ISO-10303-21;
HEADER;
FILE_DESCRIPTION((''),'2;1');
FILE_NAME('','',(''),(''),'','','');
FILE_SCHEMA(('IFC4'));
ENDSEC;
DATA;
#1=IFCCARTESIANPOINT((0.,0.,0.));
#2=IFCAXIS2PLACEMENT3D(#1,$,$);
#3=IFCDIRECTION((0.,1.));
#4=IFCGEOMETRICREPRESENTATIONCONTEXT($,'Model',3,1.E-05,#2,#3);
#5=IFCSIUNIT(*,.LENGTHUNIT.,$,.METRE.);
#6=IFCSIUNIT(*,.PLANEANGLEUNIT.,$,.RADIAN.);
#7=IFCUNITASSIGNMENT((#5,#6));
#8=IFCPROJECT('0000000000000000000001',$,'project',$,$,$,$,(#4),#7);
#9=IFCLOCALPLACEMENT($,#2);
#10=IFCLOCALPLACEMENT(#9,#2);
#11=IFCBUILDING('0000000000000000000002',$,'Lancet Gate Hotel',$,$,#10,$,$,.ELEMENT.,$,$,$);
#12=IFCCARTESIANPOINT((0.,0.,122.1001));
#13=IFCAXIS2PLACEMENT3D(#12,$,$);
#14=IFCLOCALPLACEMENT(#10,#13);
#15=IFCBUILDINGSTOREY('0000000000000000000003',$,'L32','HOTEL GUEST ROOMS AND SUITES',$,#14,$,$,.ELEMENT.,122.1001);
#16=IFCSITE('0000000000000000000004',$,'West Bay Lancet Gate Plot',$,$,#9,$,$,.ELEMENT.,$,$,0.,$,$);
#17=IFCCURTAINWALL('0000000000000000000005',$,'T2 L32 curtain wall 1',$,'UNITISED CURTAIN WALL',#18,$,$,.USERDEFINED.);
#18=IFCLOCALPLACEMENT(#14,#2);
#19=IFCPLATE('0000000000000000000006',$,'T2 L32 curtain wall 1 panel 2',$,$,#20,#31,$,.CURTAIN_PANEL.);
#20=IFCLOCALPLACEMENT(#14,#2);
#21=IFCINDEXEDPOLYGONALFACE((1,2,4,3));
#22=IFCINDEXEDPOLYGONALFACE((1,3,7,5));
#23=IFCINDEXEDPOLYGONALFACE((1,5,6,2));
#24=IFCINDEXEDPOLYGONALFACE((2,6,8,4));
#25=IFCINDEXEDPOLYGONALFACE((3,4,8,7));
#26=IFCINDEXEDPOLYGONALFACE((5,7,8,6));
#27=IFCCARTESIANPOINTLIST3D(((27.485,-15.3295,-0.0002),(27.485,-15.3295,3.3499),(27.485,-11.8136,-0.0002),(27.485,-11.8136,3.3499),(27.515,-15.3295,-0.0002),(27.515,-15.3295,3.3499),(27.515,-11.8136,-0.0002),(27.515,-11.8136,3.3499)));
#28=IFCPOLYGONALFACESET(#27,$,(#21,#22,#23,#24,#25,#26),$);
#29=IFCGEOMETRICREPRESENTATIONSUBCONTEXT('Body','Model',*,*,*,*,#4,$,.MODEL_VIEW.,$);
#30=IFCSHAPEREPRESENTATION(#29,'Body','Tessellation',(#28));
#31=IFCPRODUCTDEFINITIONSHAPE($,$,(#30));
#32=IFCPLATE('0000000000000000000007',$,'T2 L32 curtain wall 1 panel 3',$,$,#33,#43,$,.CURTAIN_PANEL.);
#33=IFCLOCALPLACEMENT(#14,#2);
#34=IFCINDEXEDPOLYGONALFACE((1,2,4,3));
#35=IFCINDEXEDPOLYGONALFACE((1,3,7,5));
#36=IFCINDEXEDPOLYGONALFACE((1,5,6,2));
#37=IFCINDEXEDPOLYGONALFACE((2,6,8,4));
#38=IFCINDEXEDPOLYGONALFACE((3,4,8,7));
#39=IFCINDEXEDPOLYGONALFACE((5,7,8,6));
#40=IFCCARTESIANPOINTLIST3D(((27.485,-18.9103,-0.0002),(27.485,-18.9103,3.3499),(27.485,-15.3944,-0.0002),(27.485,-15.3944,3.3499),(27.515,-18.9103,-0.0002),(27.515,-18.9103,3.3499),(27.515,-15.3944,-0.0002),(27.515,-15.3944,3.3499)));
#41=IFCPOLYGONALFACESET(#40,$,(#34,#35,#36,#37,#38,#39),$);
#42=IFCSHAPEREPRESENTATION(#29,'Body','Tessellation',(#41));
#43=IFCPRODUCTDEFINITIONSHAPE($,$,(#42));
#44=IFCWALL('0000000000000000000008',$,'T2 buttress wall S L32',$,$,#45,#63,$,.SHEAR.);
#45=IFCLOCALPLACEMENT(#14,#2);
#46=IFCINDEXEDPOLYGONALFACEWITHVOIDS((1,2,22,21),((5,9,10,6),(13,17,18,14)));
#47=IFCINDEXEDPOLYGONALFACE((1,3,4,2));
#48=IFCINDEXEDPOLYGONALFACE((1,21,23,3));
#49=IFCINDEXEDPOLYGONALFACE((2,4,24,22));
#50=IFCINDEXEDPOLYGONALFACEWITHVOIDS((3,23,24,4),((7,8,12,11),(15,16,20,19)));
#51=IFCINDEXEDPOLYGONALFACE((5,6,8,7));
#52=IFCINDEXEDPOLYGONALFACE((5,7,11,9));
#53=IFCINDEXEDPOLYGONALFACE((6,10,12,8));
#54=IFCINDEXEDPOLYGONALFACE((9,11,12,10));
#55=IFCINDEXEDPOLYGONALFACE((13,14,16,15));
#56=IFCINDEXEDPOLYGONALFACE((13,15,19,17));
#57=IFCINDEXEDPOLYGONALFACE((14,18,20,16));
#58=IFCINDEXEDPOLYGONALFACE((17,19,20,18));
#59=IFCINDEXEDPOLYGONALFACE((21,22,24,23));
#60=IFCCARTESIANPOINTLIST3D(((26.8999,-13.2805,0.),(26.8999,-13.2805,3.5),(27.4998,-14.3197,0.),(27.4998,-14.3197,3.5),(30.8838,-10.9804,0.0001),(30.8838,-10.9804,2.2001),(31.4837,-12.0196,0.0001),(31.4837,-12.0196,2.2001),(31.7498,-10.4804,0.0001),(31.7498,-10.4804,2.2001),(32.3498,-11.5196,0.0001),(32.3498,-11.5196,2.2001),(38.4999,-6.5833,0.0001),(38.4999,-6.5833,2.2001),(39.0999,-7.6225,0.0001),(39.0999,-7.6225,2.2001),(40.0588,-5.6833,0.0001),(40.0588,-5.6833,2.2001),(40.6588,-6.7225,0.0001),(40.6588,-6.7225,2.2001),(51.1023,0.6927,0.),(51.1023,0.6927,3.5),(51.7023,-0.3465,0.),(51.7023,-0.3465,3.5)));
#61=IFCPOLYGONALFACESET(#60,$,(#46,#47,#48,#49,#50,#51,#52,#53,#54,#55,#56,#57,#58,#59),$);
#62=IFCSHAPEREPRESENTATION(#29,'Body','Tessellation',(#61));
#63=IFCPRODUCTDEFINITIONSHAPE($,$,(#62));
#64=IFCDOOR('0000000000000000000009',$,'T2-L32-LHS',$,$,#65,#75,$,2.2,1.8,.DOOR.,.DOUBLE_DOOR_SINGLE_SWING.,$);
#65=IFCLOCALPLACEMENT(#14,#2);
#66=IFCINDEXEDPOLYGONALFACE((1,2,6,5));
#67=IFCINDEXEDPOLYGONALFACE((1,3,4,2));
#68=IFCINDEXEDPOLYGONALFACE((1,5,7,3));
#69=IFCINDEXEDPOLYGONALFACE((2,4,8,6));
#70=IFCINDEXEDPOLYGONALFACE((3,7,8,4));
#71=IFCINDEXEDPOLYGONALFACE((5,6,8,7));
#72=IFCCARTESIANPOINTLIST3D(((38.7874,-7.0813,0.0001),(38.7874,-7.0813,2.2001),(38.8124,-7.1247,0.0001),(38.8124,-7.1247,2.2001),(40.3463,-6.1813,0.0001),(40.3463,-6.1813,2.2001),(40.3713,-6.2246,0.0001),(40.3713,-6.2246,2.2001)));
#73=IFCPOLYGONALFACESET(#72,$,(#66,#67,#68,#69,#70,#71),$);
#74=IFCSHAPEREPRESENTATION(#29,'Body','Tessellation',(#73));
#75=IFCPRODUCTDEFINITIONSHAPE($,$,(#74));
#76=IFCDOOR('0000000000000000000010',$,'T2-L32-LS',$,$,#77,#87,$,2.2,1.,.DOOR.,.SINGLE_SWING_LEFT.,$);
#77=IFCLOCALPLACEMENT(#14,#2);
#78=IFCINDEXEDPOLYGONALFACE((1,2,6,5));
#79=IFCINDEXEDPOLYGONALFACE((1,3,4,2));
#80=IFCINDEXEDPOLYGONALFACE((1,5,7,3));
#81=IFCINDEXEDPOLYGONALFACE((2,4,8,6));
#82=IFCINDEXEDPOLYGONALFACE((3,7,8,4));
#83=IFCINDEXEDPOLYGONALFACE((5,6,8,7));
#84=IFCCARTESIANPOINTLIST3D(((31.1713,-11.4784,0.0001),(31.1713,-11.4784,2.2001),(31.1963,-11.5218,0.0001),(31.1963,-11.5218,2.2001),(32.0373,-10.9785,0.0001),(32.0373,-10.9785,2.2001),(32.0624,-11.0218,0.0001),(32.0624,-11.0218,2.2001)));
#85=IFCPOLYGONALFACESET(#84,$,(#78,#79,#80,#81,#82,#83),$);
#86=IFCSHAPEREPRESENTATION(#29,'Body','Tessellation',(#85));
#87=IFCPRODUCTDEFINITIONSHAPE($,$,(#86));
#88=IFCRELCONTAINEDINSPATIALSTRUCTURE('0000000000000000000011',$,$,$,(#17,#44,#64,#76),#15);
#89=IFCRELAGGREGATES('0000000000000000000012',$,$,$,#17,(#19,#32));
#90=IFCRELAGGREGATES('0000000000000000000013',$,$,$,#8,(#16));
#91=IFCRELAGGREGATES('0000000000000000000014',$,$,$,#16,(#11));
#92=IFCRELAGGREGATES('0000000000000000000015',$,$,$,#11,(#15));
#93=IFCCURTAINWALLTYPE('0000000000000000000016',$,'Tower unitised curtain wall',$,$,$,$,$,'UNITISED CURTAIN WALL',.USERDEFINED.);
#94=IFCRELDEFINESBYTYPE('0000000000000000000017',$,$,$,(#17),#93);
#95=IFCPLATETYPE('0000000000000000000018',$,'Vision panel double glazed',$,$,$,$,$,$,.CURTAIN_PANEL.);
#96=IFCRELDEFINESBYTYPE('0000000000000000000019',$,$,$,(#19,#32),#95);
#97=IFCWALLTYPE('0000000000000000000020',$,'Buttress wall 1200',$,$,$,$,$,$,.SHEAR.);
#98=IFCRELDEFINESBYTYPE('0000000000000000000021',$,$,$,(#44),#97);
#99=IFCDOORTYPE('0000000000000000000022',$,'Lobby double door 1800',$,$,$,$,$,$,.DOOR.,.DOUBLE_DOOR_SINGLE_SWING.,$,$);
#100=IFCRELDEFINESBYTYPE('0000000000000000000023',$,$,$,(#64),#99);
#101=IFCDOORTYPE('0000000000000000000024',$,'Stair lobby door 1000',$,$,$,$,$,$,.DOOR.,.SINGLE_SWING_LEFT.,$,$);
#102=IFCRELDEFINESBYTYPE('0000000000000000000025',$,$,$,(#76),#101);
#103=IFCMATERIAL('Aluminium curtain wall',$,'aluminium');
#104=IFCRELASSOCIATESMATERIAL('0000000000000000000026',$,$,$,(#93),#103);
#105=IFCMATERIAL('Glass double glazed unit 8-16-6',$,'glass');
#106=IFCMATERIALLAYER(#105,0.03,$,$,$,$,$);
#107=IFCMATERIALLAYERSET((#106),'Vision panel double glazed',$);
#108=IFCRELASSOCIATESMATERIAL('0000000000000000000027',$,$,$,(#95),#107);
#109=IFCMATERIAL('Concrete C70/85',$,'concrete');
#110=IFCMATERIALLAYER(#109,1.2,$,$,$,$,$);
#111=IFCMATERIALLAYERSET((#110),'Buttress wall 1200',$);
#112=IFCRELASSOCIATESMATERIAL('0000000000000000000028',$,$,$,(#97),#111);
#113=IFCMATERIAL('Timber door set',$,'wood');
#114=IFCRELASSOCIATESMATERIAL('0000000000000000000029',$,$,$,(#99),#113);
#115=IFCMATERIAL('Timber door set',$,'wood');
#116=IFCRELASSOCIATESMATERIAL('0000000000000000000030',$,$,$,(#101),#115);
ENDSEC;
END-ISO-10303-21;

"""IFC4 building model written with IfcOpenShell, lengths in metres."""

from ifc_helpers import new_model, si_unit, direction, frame, frame_2d, origin, origin_2d, place, context, subcontext, project, spatial, rectangle, extrude, material, layer, layer_set, type_object, element, fill, aggregate, save


model = new_model("IFC4")

# Units and contexts
model_context = context("Model", 3, precision=1e-05, world=origin(), true_north=direction((0.0, 1.0)))
body_context = subcontext(model_context, "Body", "Model", "MODEL_VIEW")
ifc_project = project(units=[si_unit("LENGTHUNIT", "METRE"), si_unit("PLANEANGLEUNIT", "RADIAN")], contexts=[model_context])

# Site, building, storey
site_placement = place(None, origin())
site = spatial("IfcSite", under=ifc_project, at=site_placement, Name="West Bay Lancet Gate Plot", CompositionType="ELEMENT", RefElevation=0.0)
building_placement = place(site_placement, origin())
building = spatial("IfcBuilding", under=site, at=building_placement, Name="Lancet Gate Hotel", CompositionType="ELEMENT")
storey_placement = place(building_placement, frame((0.0, 0.0, 122.1001)))
storey = spatial("IfcBuildingStorey", under=building, at=storey_placement, Name="L32", Description="HOTEL GUEST ROOMS AND SUITES", CompositionType="ELEMENT", Elevation=122.1001)

# Curtain wall
ifc_material_1 = material(Name="Aluminium curtain wall", Category="aluminium")
curtain_wall_type = type_object("IfcCurtainWallType", Name="Tower unitised curtain wall", ElementType="UNITISED CURTAIN WALL", PredefinedType="USERDEFINED", material=ifc_material_1)
curtain_wall_placement = place(storey_placement, origin())
curtain_wall = element("IfcCurtainWall", 1, at=curtain_wall_placement, inside=storey, type_object=curtain_wall_type, Name="T2 L32 curtain wall 1", ObjectType="UNITISED CURTAIN WALL", PredefinedType="USERDEFINED")

# Plates
ifc_material_2 = material(Name="Glass double glazed unit 8-16-6", Category="glass")
ifc_layer_1 = layer(ifc_material_2, 0.03)
ifc_layer_set_1 = layer_set([ifc_layer_1], Name="Vision panel double glazed")
plate_type = type_object("IfcPlateType", Name="Vision panel double glazed", PredefinedType="CURTAIN_PANEL", material=ifc_layer_set_1)
plate_1_placement = place(storey_placement, frame((27.5, -13.5715, -0.0002), z_axis=(0.0, 0.0, 1.0), x_axis=(0.0, -1.0, 0.0)))
plate_1 = element("IfcPlate", 2, at=plate_1_placement, type_object=plate_type, Name="T2 L32 curtain wall 1 panel 2", PredefinedType="CURTAIN_PANEL", context=body_context, shape_type="SweptSolid", body=[
    extrude(rectangle(XDim=3.5159, YDim=0.03, at=origin_2d()), origin(), (0.0, 0.0, 1.0), 3.3501),
])
plate_2_placement = place(storey_placement, frame((27.5, -17.1523, -0.0002), z_axis=(0.0, 0.0, 1.0), x_axis=(0.0, -1.0, 0.0)))
plate_2 = element("IfcPlate", 3, at=plate_2_placement, type_object=plate_type, Name="T2 L32 curtain wall 1 panel 3", PredefinedType="CURTAIN_PANEL", context=body_context, shape_type="SweptSolid", body=[
    extrude(rectangle(XDim=3.5159, YDim=0.03, at=origin_2d()), origin(), (0.0, 0.0, 1.0), 3.3501),
])
aggregate(curtain_wall, [plate_1, plate_2])

# Wall, openings, doors
ifc_material_3 = material(Name="Concrete C70/85", Category="concrete")
ifc_layer_2 = layer(ifc_material_3, 1.2)
ifc_layer_set_2 = layer_set([ifc_layer_2], Name="Buttress wall 1200")
wall_type = type_object("IfcWallType", Name="Buttress wall 1200", PredefinedType="SHEAR", material=ifc_layer_set_2)
wall_placement = place(storey_placement, frame((27.2, -13.8, 0.0), z_axis=(0.0, 0.0, 1.0), x_axis=(0.866027, 0.499997, 0.0)))
wall = element("IfcWall", 4, at=wall_placement, inside=storey, type_object=wall_type, Name="T2 buttress wall S L32", PredefinedType="SHEAR", context=body_context, shape_type="SweptSolid", body=[
    extrude(rectangle(XDim=27.9465, YDim=1.2, at=frame_2d((13.9731, 0.0))), origin(), (0.0, 0.0, 1.0), 3.5),
])
opening_1_placement = place(wall_placement, frame((4.6001, 0.0, 0.0)))
opening_1 = element("IfcOpeningElement", 5, at=opening_1_placement, cuts=wall, PredefinedType="OPENING", context=body_context, shape_type="SweptSolid", body=[
    extrude(rectangle(XDim=1.0, YDim=2.2, at=frame_2d((0.5, 1.1001))), frame((0.0, 0.6099, 0.0), z_axis=(0.0, -1.0, 0.0), x_axis=(1.0, 0.0, 0.0)), (0.0, 0.0, 1.0), 1.22),
])
opening_2_placement = place(wall_placement, frame((13.3945, 0.0, 0.0)))
opening_2 = element("IfcOpeningElement", 6, at=opening_2_placement, cuts=wall, PredefinedType="OPENING", context=body_context, shape_type="SweptSolid", body=[
    extrude(rectangle(XDim=1.8, YDim=2.2, at=frame_2d((0.8999, 1.1001))), frame((0.0, 0.6099, 0.0), z_axis=(0.0, -1.0, 0.0), x_axis=(1.0, 0.0, 0.0)), (0.0, 0.0, 1.0), 1.22),
])
ifc_material_4 = material(Name="Timber door set", Category="wood")
door_type_1 = type_object("IfcDoorType", Name="Lobby double door 1800", OperationType="DOUBLE_DOOR_SINGLE_SWING", PredefinedType="DOOR", material=ifc_material_4)
door_1_placement = place(opening_2_placement, origin())
door_1 = element("IfcDoor", 7, at=door_1_placement, inside=storey, type_object=door_type_1, Name="T2-L32-LHS", OperationType="DOUBLE_DOOR_SINGLE_SWING", OverallHeight=2.2, OverallWidth=1.8, PredefinedType="DOOR", context=body_context, shape_type="SweptSolid", body=[
    extrude(rectangle(XDim=1.8, YDim=2.2, at=frame_2d((0.8999, 1.1001))), frame((0.0, 0.0249, 0.0), z_axis=(0.0, -1.0, 0.0), x_axis=(1.0, 0.0, 0.0)), (0.0, 0.0, 1.0), 0.05),
])
fill(opening_2, door_1)
ifc_material_5 = material(Name="Timber door set", Category="wood")
door_type_2 = type_object("IfcDoorType", Name="Stair lobby door 1000", OperationType="SINGLE_SWING_LEFT", PredefinedType="DOOR", material=ifc_material_5)
door_2_placement = place(opening_1_placement, origin())
door_2 = element("IfcDoor", 8, at=door_2_placement, inside=storey, type_object=door_type_2, Name="T2-L32-LS", OperationType="SINGLE_SWING_LEFT", OverallHeight=2.2, OverallWidth=1.0, PredefinedType="DOOR", context=body_context, shape_type="SweptSolid", body=[
    extrude(rectangle(XDim=1.0, YDim=2.2, at=frame_2d((0.5, 1.1001))), frame((0.0, 0.0249, 0.0), z_axis=(0.0, -1.0, 0.0), x_axis=(1.0, 0.0, 0.0)), (0.0, 0.0, 1.0), 0.05),
])
fill(opening_1, door_2)

save(model, "model.ifc")
